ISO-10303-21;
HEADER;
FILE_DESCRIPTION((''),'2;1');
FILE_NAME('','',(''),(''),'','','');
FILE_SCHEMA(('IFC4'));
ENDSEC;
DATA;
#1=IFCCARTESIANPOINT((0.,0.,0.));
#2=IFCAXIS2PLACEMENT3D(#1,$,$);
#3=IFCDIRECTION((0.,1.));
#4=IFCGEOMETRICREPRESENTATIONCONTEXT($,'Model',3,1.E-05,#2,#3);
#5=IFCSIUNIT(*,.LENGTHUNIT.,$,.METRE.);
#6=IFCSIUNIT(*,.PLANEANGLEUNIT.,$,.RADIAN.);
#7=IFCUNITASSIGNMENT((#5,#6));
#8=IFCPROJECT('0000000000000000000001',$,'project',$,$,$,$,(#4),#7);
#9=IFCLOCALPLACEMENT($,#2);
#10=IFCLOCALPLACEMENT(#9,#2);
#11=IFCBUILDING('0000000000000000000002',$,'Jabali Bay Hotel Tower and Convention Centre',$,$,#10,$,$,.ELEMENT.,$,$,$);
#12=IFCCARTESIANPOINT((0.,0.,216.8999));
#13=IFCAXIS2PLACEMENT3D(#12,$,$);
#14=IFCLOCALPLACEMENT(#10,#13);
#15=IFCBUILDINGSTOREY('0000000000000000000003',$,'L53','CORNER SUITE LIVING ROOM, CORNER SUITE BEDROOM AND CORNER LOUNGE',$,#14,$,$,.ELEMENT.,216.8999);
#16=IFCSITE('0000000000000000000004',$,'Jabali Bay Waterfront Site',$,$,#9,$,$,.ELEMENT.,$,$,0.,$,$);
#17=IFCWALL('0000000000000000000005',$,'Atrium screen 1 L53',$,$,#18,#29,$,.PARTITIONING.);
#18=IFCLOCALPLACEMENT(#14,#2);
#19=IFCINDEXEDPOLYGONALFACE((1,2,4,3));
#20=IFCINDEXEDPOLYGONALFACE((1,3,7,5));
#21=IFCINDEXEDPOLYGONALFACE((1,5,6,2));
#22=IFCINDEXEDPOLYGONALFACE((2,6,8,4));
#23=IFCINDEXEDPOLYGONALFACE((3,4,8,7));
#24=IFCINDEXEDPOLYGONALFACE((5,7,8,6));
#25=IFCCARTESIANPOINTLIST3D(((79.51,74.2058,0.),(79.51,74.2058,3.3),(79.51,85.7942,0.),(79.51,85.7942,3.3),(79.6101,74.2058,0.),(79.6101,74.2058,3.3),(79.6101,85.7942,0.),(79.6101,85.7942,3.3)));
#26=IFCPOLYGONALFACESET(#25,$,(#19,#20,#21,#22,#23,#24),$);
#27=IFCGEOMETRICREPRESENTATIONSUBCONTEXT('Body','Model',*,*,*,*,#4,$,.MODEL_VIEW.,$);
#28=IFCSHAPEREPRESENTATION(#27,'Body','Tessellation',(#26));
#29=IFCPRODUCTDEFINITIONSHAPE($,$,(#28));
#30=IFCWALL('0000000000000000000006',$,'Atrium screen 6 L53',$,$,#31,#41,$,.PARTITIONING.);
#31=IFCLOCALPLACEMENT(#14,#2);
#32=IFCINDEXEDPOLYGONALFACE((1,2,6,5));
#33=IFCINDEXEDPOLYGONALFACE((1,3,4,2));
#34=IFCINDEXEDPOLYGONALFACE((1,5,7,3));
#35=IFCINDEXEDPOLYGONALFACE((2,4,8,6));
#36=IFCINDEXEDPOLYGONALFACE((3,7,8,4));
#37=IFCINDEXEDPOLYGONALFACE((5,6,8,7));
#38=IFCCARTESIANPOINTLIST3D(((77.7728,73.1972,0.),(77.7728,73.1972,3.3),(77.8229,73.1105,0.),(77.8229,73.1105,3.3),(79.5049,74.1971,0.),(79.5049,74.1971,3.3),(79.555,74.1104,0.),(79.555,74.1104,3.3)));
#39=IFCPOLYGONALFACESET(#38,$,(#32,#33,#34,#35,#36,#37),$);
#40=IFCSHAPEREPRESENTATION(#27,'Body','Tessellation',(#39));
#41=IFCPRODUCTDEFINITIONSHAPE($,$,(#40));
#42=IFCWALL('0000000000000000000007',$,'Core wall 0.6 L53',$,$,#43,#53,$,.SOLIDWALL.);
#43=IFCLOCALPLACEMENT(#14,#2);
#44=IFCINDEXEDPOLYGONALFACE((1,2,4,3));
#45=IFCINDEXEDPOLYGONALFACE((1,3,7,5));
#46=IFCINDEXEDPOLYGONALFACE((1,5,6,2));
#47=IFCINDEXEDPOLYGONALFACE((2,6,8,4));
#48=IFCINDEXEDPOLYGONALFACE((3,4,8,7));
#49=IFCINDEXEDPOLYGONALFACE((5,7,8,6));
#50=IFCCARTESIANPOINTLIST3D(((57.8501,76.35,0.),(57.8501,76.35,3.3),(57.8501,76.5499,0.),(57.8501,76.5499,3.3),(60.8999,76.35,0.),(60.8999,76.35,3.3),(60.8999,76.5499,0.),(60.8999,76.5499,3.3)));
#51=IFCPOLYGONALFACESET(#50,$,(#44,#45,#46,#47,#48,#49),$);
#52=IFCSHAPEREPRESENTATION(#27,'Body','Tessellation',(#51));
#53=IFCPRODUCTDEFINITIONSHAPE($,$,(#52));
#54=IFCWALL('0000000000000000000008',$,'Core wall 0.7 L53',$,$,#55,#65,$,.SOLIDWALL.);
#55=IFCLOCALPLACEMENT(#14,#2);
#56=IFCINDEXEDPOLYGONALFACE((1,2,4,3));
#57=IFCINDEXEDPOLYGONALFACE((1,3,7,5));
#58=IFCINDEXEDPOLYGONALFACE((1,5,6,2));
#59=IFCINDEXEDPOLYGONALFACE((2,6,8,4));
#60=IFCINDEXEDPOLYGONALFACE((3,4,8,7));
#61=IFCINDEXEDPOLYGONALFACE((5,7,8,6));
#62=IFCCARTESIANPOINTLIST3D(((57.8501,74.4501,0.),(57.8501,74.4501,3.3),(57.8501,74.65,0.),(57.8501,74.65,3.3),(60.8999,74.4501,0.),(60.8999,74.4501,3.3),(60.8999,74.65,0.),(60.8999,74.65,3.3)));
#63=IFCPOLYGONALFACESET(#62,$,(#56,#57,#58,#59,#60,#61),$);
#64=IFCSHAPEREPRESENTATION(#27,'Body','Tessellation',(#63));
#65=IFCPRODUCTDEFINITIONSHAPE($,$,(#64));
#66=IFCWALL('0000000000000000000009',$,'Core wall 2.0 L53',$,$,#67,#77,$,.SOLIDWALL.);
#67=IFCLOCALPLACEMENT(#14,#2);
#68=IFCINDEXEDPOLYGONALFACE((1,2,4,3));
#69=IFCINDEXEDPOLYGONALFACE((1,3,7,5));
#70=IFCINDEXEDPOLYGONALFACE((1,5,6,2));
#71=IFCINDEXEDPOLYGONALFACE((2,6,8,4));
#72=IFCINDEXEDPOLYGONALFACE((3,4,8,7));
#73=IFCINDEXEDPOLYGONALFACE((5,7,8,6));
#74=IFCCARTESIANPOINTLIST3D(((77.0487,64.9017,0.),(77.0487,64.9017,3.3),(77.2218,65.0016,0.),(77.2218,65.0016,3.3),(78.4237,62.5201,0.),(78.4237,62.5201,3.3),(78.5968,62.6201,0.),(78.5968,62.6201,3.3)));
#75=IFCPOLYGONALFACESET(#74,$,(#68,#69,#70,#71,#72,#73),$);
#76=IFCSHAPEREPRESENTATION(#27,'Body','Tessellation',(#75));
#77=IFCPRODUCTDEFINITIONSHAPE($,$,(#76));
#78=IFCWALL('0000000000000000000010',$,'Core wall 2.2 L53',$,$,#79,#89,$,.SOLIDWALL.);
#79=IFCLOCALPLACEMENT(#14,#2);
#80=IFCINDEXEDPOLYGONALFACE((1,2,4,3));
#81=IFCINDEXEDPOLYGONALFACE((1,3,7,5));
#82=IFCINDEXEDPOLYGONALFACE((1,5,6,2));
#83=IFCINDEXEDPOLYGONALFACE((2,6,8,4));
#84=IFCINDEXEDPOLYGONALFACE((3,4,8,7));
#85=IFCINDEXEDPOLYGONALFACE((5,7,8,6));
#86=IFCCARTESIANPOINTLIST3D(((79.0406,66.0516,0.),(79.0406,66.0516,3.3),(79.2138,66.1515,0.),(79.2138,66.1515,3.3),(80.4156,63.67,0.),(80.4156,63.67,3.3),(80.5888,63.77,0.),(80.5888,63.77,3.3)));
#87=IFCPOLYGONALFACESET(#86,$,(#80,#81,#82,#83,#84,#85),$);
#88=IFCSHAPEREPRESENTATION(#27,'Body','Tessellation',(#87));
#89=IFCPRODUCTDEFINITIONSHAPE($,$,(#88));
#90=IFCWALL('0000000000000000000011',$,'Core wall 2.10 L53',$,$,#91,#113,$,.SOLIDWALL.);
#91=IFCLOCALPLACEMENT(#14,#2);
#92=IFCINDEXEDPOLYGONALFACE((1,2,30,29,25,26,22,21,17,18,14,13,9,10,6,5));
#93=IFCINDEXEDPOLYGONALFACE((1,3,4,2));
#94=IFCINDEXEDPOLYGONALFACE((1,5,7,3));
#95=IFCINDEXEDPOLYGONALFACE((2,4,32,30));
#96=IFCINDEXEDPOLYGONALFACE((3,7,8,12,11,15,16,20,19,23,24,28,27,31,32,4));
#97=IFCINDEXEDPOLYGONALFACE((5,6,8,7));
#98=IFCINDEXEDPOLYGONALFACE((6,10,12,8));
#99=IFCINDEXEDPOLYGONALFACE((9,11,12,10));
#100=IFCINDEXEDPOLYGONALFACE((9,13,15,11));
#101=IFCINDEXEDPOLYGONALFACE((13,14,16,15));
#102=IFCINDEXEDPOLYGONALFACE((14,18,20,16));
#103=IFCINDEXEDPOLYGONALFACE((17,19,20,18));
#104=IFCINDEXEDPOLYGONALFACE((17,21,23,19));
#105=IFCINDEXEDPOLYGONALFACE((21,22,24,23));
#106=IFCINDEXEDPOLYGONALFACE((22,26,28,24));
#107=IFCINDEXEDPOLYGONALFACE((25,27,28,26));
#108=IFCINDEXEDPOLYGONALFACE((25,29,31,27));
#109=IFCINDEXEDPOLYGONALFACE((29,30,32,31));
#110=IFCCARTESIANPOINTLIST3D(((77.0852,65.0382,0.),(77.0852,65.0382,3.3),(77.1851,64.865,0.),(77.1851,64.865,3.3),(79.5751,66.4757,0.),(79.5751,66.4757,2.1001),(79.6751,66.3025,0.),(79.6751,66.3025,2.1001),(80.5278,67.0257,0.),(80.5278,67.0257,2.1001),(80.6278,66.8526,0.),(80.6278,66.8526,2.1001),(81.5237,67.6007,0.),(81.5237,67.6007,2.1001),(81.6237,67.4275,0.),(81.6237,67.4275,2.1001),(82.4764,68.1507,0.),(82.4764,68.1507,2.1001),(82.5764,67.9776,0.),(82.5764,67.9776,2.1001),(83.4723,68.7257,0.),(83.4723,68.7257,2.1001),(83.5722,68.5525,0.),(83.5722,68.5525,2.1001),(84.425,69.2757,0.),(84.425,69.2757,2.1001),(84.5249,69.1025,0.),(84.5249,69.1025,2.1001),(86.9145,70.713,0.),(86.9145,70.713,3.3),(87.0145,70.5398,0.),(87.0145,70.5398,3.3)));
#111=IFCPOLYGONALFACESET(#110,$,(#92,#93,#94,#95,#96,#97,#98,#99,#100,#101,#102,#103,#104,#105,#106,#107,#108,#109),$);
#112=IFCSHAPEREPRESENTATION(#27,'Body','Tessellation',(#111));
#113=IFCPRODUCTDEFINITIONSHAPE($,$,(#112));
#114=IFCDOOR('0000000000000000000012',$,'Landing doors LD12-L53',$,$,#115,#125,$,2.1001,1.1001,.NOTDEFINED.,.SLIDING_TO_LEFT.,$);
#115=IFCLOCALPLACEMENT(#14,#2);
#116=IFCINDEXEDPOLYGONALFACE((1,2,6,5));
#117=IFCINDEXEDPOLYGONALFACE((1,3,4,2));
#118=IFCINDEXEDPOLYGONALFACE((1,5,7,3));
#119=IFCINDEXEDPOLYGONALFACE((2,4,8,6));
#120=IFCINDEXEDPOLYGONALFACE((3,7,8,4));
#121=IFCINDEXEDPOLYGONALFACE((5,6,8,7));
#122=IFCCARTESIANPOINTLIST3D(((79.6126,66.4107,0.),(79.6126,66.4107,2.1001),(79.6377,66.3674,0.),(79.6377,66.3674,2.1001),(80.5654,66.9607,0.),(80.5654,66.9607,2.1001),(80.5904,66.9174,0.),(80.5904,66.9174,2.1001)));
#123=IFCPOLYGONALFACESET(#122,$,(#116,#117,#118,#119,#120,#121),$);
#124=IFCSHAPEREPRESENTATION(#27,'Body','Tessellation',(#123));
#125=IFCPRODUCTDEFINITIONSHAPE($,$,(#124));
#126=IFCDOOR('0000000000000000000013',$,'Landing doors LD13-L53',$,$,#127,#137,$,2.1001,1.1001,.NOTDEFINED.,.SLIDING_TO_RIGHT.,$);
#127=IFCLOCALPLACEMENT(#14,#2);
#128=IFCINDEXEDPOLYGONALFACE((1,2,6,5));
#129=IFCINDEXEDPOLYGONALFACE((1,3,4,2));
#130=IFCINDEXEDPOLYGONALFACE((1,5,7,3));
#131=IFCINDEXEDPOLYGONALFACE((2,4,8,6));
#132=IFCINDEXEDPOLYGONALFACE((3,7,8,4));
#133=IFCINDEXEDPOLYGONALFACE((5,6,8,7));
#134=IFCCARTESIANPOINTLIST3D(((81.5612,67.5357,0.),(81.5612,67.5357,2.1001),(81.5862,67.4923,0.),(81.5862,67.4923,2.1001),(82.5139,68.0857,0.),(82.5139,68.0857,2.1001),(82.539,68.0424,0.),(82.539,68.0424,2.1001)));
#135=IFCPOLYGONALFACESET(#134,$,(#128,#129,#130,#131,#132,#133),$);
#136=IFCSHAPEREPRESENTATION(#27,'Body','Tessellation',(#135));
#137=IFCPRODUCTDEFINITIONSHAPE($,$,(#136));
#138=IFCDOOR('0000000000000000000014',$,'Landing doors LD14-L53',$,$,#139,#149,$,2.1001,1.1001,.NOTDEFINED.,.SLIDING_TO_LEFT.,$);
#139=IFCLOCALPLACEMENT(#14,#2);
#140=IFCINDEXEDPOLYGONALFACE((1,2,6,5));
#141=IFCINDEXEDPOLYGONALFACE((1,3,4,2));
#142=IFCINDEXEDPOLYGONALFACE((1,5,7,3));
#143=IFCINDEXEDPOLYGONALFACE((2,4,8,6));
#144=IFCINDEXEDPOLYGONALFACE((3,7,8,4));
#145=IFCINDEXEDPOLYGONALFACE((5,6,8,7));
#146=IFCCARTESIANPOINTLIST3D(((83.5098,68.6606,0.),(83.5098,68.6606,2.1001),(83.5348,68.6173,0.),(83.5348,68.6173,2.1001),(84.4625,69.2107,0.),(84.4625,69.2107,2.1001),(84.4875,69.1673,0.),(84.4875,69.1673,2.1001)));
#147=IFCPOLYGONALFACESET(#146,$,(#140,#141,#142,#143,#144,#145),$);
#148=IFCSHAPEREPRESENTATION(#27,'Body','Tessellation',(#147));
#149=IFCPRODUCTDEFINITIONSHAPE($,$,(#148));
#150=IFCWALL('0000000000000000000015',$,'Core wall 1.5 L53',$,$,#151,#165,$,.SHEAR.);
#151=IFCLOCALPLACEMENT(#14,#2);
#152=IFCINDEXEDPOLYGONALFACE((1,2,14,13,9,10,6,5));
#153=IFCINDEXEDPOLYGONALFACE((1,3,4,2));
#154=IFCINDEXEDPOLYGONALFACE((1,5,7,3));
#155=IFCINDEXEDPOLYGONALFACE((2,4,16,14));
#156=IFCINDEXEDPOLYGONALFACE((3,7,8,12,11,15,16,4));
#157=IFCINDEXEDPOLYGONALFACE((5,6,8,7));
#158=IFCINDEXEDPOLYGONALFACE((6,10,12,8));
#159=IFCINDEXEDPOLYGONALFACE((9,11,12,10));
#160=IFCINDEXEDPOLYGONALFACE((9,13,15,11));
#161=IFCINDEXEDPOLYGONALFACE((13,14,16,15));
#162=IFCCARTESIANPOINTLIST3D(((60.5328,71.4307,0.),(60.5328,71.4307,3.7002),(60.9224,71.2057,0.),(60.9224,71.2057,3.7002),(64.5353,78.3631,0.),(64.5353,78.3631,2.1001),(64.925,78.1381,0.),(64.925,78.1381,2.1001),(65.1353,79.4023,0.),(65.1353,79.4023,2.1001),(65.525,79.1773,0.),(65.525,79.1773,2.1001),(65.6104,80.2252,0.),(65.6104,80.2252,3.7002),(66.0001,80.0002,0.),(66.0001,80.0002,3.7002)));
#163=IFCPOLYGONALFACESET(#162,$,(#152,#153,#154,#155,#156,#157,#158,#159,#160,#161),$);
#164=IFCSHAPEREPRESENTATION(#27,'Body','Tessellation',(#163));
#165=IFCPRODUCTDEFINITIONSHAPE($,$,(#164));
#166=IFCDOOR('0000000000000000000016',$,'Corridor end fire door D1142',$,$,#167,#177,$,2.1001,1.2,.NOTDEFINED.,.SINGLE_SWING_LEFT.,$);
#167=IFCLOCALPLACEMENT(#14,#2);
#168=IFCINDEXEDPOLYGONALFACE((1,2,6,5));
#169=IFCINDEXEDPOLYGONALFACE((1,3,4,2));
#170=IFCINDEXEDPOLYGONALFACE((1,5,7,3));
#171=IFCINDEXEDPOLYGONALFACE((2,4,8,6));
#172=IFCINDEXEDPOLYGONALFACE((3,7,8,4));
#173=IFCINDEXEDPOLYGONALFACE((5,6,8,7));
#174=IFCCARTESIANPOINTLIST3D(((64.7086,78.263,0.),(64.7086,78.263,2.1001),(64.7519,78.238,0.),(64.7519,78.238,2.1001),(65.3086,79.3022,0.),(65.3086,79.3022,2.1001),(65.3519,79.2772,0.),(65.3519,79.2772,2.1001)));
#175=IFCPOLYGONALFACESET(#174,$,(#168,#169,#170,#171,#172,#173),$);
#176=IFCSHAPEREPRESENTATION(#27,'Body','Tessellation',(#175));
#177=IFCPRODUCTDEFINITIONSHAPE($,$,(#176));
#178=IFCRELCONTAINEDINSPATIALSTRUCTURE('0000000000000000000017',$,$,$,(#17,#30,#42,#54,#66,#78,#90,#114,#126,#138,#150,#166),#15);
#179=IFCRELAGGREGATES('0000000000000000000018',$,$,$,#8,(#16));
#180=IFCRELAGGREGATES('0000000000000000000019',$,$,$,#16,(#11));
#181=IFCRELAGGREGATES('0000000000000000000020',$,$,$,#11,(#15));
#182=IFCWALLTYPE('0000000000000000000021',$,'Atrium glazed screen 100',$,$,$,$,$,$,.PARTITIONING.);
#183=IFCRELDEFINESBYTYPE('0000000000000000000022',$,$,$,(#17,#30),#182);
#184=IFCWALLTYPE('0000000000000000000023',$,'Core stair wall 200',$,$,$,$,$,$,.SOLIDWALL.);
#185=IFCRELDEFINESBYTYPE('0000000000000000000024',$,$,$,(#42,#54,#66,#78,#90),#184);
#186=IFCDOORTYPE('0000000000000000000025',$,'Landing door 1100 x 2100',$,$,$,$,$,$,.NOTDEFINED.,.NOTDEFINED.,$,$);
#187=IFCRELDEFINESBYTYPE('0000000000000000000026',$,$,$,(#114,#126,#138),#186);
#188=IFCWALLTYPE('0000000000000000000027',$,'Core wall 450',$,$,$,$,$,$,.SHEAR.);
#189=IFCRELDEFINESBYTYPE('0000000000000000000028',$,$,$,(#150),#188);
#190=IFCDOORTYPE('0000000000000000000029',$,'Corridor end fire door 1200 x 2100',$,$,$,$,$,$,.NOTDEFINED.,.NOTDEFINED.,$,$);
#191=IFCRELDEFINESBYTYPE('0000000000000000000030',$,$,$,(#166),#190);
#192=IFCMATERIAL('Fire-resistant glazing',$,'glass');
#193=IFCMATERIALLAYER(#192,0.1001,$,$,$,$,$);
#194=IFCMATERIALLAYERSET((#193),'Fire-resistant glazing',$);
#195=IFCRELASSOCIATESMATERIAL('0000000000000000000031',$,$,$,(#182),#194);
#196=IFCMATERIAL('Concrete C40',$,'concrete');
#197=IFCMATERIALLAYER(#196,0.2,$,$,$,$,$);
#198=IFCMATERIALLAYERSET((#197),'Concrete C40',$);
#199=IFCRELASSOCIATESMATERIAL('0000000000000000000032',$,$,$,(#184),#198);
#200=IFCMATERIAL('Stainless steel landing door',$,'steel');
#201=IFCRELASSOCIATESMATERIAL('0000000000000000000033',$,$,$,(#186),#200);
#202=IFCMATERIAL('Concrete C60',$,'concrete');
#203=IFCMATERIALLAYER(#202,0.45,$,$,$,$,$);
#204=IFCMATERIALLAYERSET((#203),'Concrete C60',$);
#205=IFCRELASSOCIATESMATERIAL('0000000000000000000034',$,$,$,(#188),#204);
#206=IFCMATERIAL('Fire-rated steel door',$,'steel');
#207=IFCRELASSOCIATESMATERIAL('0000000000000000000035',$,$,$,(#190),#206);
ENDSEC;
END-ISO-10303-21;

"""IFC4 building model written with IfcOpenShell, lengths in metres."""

from ifc_helpers import new_model, si_unit, direction, frame, frame_2d, origin, place, context, subcontext, project, spatial, rectangle, extrude, material, layer, layer_set, type_object, element, fill, save


model = new_model("IFC4")

# Units and contexts
model_context = context("Model", 3, precision=1e-05, world=origin(), true_north=direction((0.0, 1.0)))
body_context = subcontext(model_context, "Body", "Model", "MODEL_VIEW")
ifc_project = project(units=[si_unit("LENGTHUNIT", "METRE"), si_unit("PLANEANGLEUNIT", "RADIAN")], contexts=[model_context])

# Site, building, storey
site_placement = place(None, origin())
site = spatial("IfcSite", under=ifc_project, at=site_placement, Name="Jabali Bay Waterfront Site", CompositionType="ELEMENT", RefElevation=0.0)
building_placement = place(site_placement, origin())
building = spatial("IfcBuilding", under=site, at=building_placement, Name="Jabali Bay Hotel Tower and Convention Centre", CompositionType="ELEMENT")
storey_placement = place(building_placement, frame((0.0, 0.0, 216.8999)))
storey = spatial("IfcBuildingStorey", under=building, at=storey_placement, Name="L53", Description="CORNER SUITE LIVING ROOM, CORNER SUITE BEDROOM AND CORNER LOUNGE", CompositionType="ELEMENT", Elevation=216.8999)

# Walls
ifc_material_1 = material(Name="Fire-resistant glazing", Category="glass")
ifc_layer_1 = layer(ifc_material_1, 0.1001)
ifc_layer_set_1 = layer_set([ifc_layer_1], Name="Fire-resistant glazing")
wall_type_1 = type_object("IfcWallType", Name="Atrium glazed screen 100", PredefinedType="PARTITIONING", material=ifc_layer_set_1)
wall_1_placement = place(storey_placement, frame((79.5601, 74.2058, 0.0), z_axis=(0.0, 0.0, 1.0), x_axis=(0.0, 1.0, 0.0)))
element("IfcWall", 1, at=wall_1_placement, inside=storey, type_object=wall_type_1, Name="Atrium screen 1 L53", PredefinedType="PARTITIONING", context=body_context, shape_type="SweptSolid", body=[
    extrude(rectangle(XDim=11.5884, YDim=0.1001, at=frame_2d((5.7942, 0.0))), origin(), (0.0, 0.0, 1.0), 3.3),
])
wall_2_placement = place(storey_placement, frame((77.7979, 73.1538, 0.0), z_axis=(0.0, 0.0, 1.0), x_axis=(0.866041, 0.499973, 0.0)))
element("IfcWall", 2, at=wall_2_placement, inside=storey, type_object=wall_type_1, Name="Atrium screen 6 L53", PredefinedType="PARTITIONING", context=body_context, shape_type="SweptSolid", body=[
    extrude(rectangle(XDim=2.0, YDim=0.1001, at=frame_2d((1.0, 0.0))), origin(), (0.0, 0.0, 1.0), 3.3),
])
ifc_material_2 = material(Name="Concrete C40", Category="concrete")
ifc_layer_2 = layer(ifc_material_2, 0.2)
ifc_layer_set_2 = layer_set([ifc_layer_2], Name="Concrete C40")
wall_type_2 = type_object("IfcWallType", Name="Core stair wall 200", PredefinedType="SOLIDWALL", material=ifc_layer_set_2)
for number, where, z_axis, x_axis, name in (
    (3, (60.8999, 76.45, 0.0), (0.0, 0.0, 1.0), (-1.0, 0.0, 0.0), "Core wall 0.6 L53"),
    (4, (60.8999, 74.55, 0.0), (0.0, 0.0, 1.0), (-1.0, 0.0, 0.0), "Core wall 0.7 L53"),
):
    element("IfcWall", number, at=place(storey_placement, frame(where, z_axis=z_axis, x_axis=x_axis)), inside=storey, type_object=wall_type_2, Name=name, PredefinedType="SOLIDWALL", context=body_context, shape_type="SweptSolid", body=[
        extrude(rectangle(XDim=3.0498, YDim=0.2, at=frame_2d((1.5249, 0.0))), origin(), (0.0, 0.0, 1.0), 3.3),
    ])
for number, where, z_axis, x_axis, name in (
    (5, (77.1353, 64.9517, 0.0), (0.0, 0.0, 1.0), (0.499997, -0.866027, 0.0), "Core wall 2.0 L53"),
    (6, (79.1272, 66.1016, 0.0), (0.0, 0.0, 1.0), (0.499997, -0.866027, 0.0), "Core wall 2.2 L53"),
):
    element("IfcWall", number, at=place(storey_placement, frame(where, z_axis=z_axis, x_axis=x_axis)), inside=storey, type_object=wall_type_2, Name=name, PredefinedType="SOLIDWALL", context=body_context, shape_type="SweptSolid", body=[
        extrude(rectangle(XDim=2.75, YDim=0.2, at=frame_2d((1.375, 0.0))), origin(), (0.0, 0.0, 1.0), 3.3),
    ])

# Wall, openings, doors
wall_3_placement = place(storey_placement, frame((77.1353, 64.9517, 0.0), z_axis=(0.0, 0.0, 1.0), x_axis=(0.866032, 0.499989, 0.0)))
wall_3 = element("IfcWall", 7, at=wall_3_placement, inside=storey, type_object=wall_type_2, Name="Core wall 2.10 L53", PredefinedType="SOLIDWALL", context=body_context, shape_type="SweptSolid", body=[
    extrude(rectangle(XDim=11.3499, YDim=0.2, at=frame_2d((5.6748, 0.0))), origin(), (0.0, 0.0, 1.0), 3.3),
])
opening_1_placement = place(wall_3_placement, frame((2.875, 0.0, 0.0)))
opening_1 = element("IfcOpeningElement", 8, at=opening_1_placement, cuts=wall_3, PredefinedType="OPENING", context=body_context, shape_type="SweptSolid", body=[
    extrude(rectangle(XDim=1.1001, YDim=2.1001, at=frame_2d((0.55, 1.05))), frame((0.0, 0.1104, 0.0), z_axis=(0.0, -1.0, 0.0), x_axis=(1.0, 0.0, 0.0)), (0.0, 0.0, 1.0), 0.2209),
])
opening_2_placement = place(wall_3_placement, frame((5.125, 0.0, 0.0)))
opening_2 = element("IfcOpeningElement", 9, at=opening_2_placement, cuts=wall_3, PredefinedType="OPENING", context=body_context, shape_type="SweptSolid", body=[
    extrude(rectangle(XDim=1.1001, YDim=2.1001, at=frame_2d((0.55, 1.05))), frame((0.0, 0.1104, 0.0), z_axis=(0.0, -1.0, 0.0), x_axis=(1.0, 0.0, 0.0)), (0.0, 0.0, 1.0), 0.2209),
])
opening_3_placement = place(wall_3_placement, frame((7.375, 0.0, 0.0)))
opening_3 = element("IfcOpeningElement", 10, at=opening_3_placement, cuts=wall_3, PredefinedType="OPENING", context=body_context, shape_type="SweptSolid", body=[
    extrude(rectangle(XDim=1.1001, YDim=2.1001, at=frame_2d((0.55, 1.05))), frame((0.0, 0.1104, 0.0), z_axis=(0.0, -1.0, 0.0), x_axis=(1.0, 0.0, 0.0)), (0.0, 0.0, 1.0), 0.2209),
])
ifc_material_3 = material(Name="Stainless steel landing door", Category="steel")
door_type_1 = type_object("IfcDoorType", Name="Landing door 1100 x 2100", OperationType="NOTDEFINED", PredefinedType="NOTDEFINED", material=ifc_material_3)
door_1_placement = place(opening_1_placement, origin())
door_1 = element("IfcDoor", 11, at=door_1_placement, inside=storey, type_object=door_type_1, Name="Landing doors LD12-L53", OperationType="SLIDING_TO_LEFT", OverallHeight=2.1001, OverallWidth=1.1001, PredefinedType="NOTDEFINED", context=body_context, shape_type="SweptSolid", body=[
    extrude(rectangle(XDim=1.1001, YDim=2.1001, at=frame_2d((0.55, 1.05))), frame((0.0, 0.0249, 0.0), z_axis=(0.0, -1.0, 0.0), x_axis=(1.0, 0.0, 0.0)), (0.0, 0.0, 1.0), 0.05),
])
fill(opening_1, door_1)
door_2_placement = place(opening_2_placement, origin())
door_2 = element("IfcDoor", 12, at=door_2_placement, inside=storey, type_object=door_type_1, Name="Landing doors LD13-L53", OperationType="SLIDING_TO_RIGHT", OverallHeight=2.1001, OverallWidth=1.1001, PredefinedType="NOTDEFINED", context=body_context, shape_type="SweptSolid", body=[
    extrude(rectangle(XDim=1.1001, YDim=2.1001, at=frame_2d((0.55, 1.05))), frame((0.0, 0.0249, 0.0), z_axis=(0.0, -1.0, 0.0), x_axis=(1.0, 0.0, 0.0)), (0.0, 0.0, 1.0), 0.05),
])
fill(opening_2, door_2)
door_3_placement = place(opening_3_placement, origin())
door_3 = element("IfcDoor", 13, at=door_3_placement, inside=storey, type_object=door_type_1, Name="Landing doors LD14-L53", OperationType="SLIDING_TO_LEFT", OverallHeight=2.1001, OverallWidth=1.1001, PredefinedType="NOTDEFINED", context=body_context, shape_type="SweptSolid", body=[
    extrude(rectangle(XDim=1.1001, YDim=2.1001, at=frame_2d((0.55, 1.05))), frame((0.0, 0.0249, 0.0), z_axis=(0.0, -1.0, 0.0), x_axis=(1.0, 0.0, 0.0)), (0.0, 0.0, 1.0), 0.05),
])
fill(opening_3, door_3)

# Wall, opening, door
ifc_material_4 = material(Name="Concrete C60", Category="concrete")
ifc_layer_3 = layer(ifc_material_4, 0.45)
ifc_layer_set_3 = layer_set([ifc_layer_3], Name="Concrete C60")
wall_type_3 = type_object("IfcWallType", Name="Core wall 450", PredefinedType="SHEAR", material=ifc_layer_set_3)
wall_4_placement = place(storey_placement, frame((60.7275, 71.3181, 0.0), z_axis=(0.0, 0.0, 1.0), x_axis=(0.500012, 0.866018, 0.0)))
wall_4 = element("IfcWall", 14, at=wall_4_placement, inside=storey, type_object=wall_type_3, Name="Core wall 1.5 L53", PredefinedType="SHEAR", context=body_context, shape_type="SweptSolid", body=[
    extrude(rectangle(XDim=10.155, YDim=0.45, at=frame_2d((5.0776, 0.0))), origin(), (0.0, 0.0, 1.0), 3.7002),
])
opening_4_placement = place(wall_4_placement, frame((8.0049, 0.0, 0.0)))
opening_4 = element("IfcOpeningElement", 15, at=opening_4_placement, cuts=wall_4, PredefinedType="OPENING", context=body_context, shape_type="SweptSolid", body=[
    extrude(rectangle(XDim=1.2, YDim=2.1001, at=frame_2d((0.6001, 1.05))), frame((0.0, 0.2354, 0.0), z_axis=(0.0, -1.0, 0.0), x_axis=(1.0, 0.0, 0.0)), (0.0, 0.0, 1.0), 0.4709),
])
ifc_material_5 = material(Name="Fire-rated steel door", Category="steel")
door_type_2 = type_object("IfcDoorType", Name="Corridor end fire door 1200 x 2100", OperationType="NOTDEFINED", PredefinedType="NOTDEFINED", material=ifc_material_5)
door_4_placement = place(opening_4_placement, origin())
door_4 = element("IfcDoor", 16, at=door_4_placement, inside=storey, type_object=door_type_2, Name="Corridor end fire door D1142", OperationType="SINGLE_SWING_LEFT", OverallHeight=2.1001, OverallWidth=1.2, PredefinedType="NOTDEFINED", context=body_context, shape_type="SweptSolid", body=[
    extrude(rectangle(XDim=1.2, YDim=2.1001, at=frame_2d((0.6001, 1.05))), frame((0.0, 0.0249, 0.0), z_axis=(0.0, -1.0, 0.0), x_axis=(1.0, 0.0, 0.0)), (0.0, 0.0, 1.0), 0.05),
])
fill(opening_4, door_4)

save(model, "model.ifc")
